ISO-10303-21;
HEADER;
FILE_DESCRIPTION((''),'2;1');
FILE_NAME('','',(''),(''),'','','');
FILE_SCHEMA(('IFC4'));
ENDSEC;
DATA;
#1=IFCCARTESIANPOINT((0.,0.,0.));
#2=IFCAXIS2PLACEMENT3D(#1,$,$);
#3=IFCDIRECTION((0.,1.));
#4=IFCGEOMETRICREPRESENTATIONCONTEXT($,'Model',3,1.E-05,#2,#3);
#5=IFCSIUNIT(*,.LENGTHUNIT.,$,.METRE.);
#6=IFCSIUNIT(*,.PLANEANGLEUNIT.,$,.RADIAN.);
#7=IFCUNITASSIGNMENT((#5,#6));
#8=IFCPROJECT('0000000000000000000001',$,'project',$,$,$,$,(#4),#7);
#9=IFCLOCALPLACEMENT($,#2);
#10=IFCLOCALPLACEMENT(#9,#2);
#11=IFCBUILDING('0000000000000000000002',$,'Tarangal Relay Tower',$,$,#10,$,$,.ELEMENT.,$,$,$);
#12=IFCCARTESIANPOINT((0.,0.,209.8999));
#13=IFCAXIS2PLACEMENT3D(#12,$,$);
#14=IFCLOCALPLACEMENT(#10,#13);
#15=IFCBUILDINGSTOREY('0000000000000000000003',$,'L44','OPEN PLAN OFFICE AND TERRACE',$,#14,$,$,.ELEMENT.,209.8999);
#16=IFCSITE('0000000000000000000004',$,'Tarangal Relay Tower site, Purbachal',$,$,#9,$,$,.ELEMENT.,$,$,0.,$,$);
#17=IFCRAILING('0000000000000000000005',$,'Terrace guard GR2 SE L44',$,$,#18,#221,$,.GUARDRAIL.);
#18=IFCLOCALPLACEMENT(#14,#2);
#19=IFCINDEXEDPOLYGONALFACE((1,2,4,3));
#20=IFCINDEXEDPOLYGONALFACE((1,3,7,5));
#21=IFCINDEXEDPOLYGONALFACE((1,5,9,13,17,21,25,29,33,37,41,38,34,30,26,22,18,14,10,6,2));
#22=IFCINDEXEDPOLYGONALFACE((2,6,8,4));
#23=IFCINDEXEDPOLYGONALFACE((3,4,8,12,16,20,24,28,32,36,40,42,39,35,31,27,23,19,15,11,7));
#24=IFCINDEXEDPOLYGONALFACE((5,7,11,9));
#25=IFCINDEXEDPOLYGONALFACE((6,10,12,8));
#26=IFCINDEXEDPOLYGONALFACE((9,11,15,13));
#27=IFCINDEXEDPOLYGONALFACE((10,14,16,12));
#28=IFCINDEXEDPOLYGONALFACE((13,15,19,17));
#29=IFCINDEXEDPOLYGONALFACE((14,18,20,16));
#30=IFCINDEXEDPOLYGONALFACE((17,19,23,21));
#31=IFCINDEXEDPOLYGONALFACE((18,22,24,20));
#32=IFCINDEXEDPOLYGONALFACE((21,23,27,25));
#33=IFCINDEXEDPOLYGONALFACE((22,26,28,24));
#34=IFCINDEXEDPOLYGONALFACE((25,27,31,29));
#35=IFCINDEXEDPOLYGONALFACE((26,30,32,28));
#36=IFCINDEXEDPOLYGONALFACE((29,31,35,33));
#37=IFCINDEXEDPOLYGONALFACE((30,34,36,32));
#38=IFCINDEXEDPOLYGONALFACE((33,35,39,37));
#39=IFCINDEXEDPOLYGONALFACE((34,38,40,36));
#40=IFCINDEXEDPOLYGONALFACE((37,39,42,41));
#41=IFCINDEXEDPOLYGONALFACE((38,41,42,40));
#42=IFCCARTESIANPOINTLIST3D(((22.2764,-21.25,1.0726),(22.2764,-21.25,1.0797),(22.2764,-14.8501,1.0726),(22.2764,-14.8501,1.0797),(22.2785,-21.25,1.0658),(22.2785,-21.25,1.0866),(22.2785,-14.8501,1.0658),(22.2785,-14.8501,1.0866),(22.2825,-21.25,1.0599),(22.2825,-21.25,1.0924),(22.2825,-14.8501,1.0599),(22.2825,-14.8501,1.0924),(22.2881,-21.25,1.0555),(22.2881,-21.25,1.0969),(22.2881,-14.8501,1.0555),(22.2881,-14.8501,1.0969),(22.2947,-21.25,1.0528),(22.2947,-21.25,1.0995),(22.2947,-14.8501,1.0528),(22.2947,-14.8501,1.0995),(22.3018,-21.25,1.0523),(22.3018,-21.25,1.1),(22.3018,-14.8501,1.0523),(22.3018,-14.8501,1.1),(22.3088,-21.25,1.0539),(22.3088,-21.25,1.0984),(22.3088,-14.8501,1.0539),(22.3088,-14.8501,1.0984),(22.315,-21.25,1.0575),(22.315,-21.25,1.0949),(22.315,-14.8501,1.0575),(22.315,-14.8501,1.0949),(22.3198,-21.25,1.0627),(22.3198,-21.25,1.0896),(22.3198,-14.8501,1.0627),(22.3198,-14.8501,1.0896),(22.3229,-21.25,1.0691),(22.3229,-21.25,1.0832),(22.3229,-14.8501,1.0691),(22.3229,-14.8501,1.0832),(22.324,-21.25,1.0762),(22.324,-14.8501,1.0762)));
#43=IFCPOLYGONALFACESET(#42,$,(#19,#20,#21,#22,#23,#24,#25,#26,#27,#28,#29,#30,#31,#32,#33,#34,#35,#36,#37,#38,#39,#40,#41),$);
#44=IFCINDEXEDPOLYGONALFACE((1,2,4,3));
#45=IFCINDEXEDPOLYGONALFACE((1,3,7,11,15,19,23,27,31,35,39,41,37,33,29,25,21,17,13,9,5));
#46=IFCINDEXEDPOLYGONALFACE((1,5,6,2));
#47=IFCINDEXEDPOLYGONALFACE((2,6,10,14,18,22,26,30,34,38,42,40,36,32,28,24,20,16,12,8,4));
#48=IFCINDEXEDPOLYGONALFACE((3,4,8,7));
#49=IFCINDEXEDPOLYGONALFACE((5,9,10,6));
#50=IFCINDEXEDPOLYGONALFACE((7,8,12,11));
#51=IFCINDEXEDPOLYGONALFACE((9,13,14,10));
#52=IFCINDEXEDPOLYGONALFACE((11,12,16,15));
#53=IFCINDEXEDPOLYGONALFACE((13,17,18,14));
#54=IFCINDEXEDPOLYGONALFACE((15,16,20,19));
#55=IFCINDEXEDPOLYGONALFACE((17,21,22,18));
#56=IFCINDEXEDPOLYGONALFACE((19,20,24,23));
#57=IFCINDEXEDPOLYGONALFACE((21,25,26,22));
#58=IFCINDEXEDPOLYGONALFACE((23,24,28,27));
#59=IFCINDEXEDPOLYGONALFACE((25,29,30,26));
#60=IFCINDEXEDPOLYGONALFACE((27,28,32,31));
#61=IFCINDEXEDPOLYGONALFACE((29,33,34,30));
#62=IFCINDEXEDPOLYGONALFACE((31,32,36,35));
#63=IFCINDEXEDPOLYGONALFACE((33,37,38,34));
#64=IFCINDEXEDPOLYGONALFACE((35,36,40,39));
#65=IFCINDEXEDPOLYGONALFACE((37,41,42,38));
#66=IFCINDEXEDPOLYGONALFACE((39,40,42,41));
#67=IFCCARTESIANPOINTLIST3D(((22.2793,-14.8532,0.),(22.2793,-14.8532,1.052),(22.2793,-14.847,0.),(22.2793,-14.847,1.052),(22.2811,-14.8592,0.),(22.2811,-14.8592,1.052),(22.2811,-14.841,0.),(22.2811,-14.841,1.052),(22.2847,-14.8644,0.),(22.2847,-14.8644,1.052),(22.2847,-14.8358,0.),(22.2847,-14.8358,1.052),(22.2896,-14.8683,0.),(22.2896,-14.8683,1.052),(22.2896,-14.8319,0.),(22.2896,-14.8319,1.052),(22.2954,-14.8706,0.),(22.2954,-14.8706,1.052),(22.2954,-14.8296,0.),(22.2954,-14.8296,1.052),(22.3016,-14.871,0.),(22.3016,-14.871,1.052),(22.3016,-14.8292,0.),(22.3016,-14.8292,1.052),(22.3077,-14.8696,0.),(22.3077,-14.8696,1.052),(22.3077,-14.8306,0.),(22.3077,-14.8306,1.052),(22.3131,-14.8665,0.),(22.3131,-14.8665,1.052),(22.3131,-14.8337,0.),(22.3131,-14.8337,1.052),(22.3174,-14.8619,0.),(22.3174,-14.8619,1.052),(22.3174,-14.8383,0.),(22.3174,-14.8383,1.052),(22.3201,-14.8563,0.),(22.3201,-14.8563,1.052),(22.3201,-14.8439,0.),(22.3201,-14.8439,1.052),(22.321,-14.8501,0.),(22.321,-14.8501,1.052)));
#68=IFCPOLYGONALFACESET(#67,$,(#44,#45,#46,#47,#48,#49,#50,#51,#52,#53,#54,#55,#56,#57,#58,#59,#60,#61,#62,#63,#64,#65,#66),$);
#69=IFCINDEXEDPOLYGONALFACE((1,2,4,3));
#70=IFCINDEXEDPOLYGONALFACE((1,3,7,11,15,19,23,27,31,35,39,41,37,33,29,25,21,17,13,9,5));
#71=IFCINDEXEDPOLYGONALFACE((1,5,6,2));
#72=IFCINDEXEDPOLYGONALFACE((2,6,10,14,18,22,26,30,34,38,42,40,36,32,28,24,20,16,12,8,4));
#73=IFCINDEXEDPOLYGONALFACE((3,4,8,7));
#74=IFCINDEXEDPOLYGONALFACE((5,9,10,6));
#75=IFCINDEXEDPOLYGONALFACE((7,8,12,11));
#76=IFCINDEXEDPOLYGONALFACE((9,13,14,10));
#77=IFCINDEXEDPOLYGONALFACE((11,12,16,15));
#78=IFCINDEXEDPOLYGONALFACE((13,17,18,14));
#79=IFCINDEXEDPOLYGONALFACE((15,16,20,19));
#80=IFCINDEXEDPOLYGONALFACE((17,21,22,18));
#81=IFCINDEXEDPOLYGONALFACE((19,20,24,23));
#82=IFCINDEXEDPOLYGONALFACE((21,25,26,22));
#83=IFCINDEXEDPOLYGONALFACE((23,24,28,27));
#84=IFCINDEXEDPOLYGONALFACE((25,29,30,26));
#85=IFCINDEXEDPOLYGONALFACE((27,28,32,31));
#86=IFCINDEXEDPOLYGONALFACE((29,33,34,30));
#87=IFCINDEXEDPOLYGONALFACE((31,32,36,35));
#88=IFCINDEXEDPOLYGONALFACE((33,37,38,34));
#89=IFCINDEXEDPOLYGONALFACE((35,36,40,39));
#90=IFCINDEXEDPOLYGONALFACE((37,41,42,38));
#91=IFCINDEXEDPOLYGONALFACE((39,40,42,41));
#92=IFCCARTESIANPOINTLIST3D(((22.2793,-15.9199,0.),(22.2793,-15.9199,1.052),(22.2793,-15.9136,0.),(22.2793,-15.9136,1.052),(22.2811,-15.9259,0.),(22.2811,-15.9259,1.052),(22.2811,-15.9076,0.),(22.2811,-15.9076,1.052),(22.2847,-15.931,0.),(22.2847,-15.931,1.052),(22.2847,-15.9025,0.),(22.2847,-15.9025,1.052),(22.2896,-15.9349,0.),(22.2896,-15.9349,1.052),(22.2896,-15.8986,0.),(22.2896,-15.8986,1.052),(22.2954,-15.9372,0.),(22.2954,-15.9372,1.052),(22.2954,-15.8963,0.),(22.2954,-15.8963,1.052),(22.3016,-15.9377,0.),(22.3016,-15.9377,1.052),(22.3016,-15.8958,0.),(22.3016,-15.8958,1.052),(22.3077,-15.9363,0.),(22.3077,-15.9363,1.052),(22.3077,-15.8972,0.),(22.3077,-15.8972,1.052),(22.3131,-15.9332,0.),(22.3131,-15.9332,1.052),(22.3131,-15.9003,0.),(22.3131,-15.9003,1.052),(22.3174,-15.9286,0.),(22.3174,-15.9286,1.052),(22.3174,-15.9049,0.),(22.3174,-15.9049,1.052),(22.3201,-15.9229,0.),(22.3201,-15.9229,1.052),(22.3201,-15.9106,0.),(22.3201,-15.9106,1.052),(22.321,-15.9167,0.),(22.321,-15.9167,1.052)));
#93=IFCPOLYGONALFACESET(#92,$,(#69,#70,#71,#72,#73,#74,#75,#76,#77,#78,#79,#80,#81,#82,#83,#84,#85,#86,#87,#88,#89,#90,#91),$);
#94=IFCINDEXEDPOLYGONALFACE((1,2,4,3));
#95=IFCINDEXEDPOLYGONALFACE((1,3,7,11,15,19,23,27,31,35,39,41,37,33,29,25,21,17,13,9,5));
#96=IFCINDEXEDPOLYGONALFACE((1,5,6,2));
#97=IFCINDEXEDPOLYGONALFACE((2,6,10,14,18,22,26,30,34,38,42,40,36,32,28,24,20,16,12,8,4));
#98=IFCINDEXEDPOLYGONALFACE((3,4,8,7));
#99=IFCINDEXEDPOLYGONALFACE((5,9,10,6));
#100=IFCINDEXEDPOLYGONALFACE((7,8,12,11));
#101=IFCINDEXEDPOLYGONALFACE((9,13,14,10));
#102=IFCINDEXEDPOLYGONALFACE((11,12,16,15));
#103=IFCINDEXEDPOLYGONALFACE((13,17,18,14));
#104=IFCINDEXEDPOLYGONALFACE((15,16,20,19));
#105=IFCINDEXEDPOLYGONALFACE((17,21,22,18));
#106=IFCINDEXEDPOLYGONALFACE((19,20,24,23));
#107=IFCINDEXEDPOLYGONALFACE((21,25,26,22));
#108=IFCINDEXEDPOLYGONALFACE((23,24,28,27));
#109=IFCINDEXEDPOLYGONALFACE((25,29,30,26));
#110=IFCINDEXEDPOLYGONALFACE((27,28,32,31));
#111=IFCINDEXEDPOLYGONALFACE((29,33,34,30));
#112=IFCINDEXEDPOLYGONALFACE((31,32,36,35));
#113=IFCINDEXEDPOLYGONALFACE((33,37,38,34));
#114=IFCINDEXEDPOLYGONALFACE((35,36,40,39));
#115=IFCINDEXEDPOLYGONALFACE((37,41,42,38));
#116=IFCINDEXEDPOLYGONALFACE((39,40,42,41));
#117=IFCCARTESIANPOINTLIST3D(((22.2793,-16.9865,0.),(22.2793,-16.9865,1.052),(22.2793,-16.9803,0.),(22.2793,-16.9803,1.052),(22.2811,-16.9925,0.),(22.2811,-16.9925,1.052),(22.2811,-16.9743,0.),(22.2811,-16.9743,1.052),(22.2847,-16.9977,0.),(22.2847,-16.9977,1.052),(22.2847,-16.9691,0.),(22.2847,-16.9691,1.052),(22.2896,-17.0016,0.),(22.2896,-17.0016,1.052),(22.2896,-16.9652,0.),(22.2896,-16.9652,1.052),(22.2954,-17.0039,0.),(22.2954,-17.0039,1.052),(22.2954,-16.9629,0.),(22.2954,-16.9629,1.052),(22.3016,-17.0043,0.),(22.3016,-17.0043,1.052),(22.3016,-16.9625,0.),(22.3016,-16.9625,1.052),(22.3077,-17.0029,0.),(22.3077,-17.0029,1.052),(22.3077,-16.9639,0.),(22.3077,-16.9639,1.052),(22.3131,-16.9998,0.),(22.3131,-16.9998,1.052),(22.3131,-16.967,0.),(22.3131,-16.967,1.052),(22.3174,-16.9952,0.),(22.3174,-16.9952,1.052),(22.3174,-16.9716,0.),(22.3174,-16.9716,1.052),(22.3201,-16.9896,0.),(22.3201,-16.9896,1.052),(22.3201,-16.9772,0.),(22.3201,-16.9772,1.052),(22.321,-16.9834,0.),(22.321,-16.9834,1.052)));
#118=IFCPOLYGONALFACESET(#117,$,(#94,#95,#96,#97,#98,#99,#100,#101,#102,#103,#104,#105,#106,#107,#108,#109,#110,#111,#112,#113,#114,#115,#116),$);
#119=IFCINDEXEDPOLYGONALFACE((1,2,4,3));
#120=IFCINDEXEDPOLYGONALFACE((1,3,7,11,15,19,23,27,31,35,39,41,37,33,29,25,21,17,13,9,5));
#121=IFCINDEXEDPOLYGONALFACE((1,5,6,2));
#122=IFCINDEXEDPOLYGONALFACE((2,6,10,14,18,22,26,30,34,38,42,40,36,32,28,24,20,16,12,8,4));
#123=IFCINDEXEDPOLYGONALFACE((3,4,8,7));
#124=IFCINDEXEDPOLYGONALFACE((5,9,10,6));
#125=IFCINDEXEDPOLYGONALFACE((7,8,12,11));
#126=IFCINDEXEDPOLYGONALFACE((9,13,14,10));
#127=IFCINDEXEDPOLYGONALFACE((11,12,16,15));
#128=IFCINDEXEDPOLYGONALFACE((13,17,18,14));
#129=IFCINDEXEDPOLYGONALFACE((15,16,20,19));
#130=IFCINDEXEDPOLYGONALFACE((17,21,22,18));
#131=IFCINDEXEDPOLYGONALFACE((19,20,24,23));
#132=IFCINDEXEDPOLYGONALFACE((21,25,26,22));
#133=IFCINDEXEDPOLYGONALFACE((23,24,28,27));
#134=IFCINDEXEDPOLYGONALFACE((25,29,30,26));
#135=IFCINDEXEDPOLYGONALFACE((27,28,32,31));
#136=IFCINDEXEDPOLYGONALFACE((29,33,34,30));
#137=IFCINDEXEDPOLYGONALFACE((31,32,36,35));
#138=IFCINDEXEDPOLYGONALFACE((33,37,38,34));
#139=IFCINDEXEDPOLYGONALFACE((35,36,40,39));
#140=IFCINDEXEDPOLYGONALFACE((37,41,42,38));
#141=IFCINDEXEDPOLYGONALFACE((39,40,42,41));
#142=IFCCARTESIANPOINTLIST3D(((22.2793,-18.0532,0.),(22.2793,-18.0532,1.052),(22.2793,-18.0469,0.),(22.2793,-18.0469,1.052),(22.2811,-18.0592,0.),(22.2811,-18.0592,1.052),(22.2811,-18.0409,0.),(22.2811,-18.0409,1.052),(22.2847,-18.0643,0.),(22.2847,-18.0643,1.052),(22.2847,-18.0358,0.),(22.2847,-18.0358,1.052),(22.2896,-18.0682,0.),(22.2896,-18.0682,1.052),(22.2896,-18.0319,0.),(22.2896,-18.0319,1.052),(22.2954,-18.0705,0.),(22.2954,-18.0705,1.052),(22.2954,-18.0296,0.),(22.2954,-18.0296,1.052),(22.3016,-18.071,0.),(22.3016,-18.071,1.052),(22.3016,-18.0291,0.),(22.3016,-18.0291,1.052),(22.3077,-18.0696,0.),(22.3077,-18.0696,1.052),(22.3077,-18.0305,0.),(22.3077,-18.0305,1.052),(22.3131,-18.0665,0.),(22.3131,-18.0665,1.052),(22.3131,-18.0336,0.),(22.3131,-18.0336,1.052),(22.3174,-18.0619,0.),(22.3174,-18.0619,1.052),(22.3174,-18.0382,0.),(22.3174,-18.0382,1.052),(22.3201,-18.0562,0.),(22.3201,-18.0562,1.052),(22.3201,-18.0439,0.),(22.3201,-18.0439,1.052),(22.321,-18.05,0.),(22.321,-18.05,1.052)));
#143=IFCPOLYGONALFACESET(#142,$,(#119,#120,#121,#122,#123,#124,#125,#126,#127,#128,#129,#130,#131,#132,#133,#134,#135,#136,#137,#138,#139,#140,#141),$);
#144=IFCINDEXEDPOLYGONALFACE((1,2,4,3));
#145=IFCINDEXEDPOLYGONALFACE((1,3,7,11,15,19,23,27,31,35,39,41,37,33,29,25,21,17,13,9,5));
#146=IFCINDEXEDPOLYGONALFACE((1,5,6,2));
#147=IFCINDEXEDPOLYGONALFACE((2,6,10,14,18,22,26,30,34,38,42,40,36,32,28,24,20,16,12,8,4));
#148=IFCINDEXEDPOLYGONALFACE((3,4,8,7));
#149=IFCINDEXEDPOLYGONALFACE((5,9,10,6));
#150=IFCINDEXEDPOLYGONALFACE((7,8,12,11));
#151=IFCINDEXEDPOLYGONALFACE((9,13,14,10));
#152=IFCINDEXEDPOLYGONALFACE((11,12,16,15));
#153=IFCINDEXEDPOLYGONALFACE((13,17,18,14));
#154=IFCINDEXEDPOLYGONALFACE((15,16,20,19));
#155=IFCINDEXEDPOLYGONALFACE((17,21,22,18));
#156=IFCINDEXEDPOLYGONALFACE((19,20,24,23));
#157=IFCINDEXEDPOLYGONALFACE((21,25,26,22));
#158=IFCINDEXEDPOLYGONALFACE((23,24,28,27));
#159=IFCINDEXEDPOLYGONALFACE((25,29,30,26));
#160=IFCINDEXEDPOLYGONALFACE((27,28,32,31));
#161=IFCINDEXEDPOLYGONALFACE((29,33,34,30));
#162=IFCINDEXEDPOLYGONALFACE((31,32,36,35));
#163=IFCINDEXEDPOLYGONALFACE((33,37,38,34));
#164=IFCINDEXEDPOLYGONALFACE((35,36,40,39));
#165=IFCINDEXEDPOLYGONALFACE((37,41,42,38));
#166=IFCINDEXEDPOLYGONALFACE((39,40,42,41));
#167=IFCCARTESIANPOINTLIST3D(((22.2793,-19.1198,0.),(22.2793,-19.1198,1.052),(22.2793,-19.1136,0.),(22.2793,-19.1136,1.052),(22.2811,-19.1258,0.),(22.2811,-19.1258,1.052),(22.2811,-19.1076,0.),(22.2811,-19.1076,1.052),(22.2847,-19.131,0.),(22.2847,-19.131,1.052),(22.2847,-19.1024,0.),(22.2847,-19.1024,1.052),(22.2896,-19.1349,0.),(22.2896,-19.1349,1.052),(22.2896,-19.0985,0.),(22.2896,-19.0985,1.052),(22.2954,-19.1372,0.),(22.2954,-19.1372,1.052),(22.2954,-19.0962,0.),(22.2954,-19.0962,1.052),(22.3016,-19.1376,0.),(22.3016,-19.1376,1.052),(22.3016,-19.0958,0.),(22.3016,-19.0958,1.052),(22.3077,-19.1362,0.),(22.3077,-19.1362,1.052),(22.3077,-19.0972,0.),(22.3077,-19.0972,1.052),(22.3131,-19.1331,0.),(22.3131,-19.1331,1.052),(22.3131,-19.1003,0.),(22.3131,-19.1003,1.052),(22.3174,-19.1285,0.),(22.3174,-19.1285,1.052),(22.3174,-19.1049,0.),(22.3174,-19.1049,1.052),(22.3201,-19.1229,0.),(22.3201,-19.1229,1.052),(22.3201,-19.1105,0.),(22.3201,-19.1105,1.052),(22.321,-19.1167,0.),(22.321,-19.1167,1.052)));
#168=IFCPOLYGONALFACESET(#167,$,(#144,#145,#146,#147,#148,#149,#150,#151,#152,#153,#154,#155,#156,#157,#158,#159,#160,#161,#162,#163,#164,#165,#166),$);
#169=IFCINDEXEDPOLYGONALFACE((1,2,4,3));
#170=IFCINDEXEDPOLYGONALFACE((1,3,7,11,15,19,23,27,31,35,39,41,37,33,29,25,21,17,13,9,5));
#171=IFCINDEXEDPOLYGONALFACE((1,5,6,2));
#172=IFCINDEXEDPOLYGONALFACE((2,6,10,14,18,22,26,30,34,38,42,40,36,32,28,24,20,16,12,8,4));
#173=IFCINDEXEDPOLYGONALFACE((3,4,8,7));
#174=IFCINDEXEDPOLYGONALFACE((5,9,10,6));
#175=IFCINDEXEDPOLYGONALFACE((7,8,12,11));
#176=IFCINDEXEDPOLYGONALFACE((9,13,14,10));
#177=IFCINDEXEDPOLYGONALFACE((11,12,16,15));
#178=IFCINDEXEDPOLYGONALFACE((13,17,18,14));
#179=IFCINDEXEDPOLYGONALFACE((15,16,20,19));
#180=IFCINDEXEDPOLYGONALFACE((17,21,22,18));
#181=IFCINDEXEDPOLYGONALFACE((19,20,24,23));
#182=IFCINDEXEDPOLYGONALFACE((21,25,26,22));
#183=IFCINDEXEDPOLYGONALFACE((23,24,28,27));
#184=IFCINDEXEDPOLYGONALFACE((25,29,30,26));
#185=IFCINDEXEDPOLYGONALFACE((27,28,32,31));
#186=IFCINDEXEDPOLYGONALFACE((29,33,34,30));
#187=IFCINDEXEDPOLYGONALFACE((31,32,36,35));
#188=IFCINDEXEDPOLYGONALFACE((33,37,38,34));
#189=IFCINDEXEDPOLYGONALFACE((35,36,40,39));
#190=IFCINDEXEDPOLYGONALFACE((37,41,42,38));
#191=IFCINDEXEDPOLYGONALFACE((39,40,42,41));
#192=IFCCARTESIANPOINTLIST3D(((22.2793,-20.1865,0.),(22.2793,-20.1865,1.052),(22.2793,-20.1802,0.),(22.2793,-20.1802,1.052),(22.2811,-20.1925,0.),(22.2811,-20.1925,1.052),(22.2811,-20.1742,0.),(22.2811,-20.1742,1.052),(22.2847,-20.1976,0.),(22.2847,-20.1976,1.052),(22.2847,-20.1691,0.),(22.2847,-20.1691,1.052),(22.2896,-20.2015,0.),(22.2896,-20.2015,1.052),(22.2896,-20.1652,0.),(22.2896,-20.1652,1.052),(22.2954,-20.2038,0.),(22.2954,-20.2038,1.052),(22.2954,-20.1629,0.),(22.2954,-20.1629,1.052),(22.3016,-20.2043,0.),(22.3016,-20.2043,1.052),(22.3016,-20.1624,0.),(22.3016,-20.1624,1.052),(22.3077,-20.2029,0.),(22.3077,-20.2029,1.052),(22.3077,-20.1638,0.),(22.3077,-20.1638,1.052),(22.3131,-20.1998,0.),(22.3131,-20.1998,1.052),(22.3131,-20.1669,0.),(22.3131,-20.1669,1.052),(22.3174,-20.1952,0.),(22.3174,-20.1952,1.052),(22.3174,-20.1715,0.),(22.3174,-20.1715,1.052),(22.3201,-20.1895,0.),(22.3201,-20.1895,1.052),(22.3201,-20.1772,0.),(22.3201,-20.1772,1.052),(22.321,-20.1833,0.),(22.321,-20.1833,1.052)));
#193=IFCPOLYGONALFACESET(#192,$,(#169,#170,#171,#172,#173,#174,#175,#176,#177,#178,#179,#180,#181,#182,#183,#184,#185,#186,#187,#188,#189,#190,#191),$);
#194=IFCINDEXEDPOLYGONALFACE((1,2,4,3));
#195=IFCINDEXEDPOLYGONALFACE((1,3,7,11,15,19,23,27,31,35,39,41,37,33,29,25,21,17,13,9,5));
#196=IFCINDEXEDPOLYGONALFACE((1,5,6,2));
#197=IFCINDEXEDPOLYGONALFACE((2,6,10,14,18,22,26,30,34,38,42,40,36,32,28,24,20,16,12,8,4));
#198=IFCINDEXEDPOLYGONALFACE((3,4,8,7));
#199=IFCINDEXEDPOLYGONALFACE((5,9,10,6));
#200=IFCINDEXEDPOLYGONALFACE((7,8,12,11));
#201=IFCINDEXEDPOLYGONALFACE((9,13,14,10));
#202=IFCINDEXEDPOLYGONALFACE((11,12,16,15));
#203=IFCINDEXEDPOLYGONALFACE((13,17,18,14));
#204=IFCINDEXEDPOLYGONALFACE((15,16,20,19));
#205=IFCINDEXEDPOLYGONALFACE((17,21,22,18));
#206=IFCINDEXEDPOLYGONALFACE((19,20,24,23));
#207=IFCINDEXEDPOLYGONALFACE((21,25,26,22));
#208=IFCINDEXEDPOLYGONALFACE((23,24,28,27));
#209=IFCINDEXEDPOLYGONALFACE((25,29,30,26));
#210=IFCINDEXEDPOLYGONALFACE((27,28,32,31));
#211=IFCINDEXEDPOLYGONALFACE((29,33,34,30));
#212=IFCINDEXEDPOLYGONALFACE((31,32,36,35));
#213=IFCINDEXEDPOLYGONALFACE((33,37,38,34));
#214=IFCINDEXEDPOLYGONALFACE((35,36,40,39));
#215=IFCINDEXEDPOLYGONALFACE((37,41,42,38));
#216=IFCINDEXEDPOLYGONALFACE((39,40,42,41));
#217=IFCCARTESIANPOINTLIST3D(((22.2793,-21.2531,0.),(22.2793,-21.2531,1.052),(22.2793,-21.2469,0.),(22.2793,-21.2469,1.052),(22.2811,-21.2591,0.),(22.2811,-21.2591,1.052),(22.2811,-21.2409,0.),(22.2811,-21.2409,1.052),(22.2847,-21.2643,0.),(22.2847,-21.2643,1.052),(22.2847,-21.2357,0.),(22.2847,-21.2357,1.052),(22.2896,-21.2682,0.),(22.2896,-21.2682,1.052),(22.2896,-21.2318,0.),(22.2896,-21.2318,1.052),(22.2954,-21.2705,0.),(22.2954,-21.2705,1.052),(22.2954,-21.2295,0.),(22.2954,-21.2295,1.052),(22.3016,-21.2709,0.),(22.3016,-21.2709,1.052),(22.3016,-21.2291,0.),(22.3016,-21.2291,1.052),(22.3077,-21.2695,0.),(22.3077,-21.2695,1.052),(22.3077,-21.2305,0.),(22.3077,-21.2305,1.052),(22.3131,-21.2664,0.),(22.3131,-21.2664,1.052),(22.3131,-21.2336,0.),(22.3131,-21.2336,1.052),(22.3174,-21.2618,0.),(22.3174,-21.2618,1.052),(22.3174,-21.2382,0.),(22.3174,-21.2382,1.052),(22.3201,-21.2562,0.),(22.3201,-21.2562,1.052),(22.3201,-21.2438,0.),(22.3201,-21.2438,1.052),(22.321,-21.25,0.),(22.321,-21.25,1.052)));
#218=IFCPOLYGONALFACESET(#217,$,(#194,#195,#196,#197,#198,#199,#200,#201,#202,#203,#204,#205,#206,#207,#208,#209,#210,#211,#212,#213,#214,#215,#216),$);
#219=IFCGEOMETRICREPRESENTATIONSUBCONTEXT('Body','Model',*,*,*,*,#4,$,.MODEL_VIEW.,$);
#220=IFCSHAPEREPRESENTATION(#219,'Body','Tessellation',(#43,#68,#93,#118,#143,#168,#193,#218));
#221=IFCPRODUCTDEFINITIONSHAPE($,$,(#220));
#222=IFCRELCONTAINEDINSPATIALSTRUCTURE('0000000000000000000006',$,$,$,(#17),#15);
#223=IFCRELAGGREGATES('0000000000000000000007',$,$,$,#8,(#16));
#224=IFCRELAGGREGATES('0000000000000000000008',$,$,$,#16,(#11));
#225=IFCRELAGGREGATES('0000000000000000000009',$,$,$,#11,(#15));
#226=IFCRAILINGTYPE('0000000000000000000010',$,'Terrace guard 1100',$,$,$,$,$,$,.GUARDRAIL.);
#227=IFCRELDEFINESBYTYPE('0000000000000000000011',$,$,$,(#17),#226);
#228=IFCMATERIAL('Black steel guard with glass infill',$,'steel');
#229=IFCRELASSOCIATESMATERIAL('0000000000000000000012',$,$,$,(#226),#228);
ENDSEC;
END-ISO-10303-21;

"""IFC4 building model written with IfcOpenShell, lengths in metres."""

from ifc_helpers import new_model, si_unit, direction, frame, origin, origin_2d, place, context, subcontext, project, spatial, circle, extrude, material, type_object, element, save


model = new_model("IFC4")

# Units and contexts
model_context = context("Model", 3, precision=1e-05, world=origin(), true_north=direction((0.0, 1.0)))
body_context = subcontext(model_context, "Body", "Model", "MODEL_VIEW")
ifc_project = project(units=[si_unit("LENGTHUNIT", "METRE"), si_unit("PLANEANGLEUNIT", "RADIAN")], contexts=[model_context])

# Site, building, storey
site_placement = place(None, origin())
site = spatial("IfcSite", under=ifc_project, at=site_placement, Name="Tarangal Relay Tower site, Purbachal", CompositionType="ELEMENT", RefElevation=0.0)
building_placement = place(site_placement, origin())
building = spatial("IfcBuilding", under=site, at=building_placement, Name="Tarangal Relay Tower", CompositionType="ELEMENT")
storey_placement = place(building_placement, frame((0.0, 0.0, 209.8999)))
storey = spatial("IfcBuildingStorey", under=building, at=storey_placement, Name="L44", Description="OPEN PLAN OFFICE AND TERRACE", CompositionType="ELEMENT", Elevation=209.8999)

# Railing
ifc_material_1 = material(Name="Black steel guard with glass infill", Category="steel")
railing_type = type_object("IfcRailingType", Name="Terrace guard 1100", PredefinedType="GUARDRAIL", material=ifc_material_1)
railing_1_placement = place(storey_placement, frame((22.3, -14.8501, 0.0)))
element("IfcRailing", 1, at=railing_1_placement, inside=storey, type_object=railing_type, Name="Terrace guard GR2 SE L44", PredefinedType="GUARDRAIL", context=body_context, shape_type="SweptSolid", body=[
    extrude(circle(Radius=0.0239, at=origin_2d()), frame((0.0, 0.0, 1.0762), z_axis=(0.0, -1.0, 0.0), x_axis=(1.0, 0.0, 0.0)), (0.0, 0.0, 1.0), 6.3999),
    extrude(circle(Radius=0.021, at=origin_2d()), origin(), (0.0, 0.0, 1.0), 1.052),
    extrude(circle(Radius=0.021, at=origin_2d()), frame((0.0, -1.0667, 0.0)), (0.0, 0.0, 1.0), 1.052),
    extrude(circle(Radius=0.021, at=origin_2d()), frame((0.0, -2.1333, 0.0)), (0.0, 0.0, 1.0), 1.052),
    extrude(circle(Radius=0.021, at=origin_2d()), frame((0.0, -3.2, 0.0)), (0.0, 0.0, 1.0), 1.052),
    extrude(circle(Radius=0.021, at=origin_2d()), frame((0.0, -4.2666, 0.0)), (0.0, 0.0, 1.0), 1.052),
    extrude(circle(Radius=0.021, at=origin_2d()), frame((0.0, -5.3333, 0.0)), (0.0, 0.0, 1.0), 1.052),
    extrude(circle(Radius=0.021, at=origin_2d()), frame((0.0, -6.3999, 0.0)), (0.0, 0.0, 1.0), 1.052),
])

save(model, "model.ifc")
